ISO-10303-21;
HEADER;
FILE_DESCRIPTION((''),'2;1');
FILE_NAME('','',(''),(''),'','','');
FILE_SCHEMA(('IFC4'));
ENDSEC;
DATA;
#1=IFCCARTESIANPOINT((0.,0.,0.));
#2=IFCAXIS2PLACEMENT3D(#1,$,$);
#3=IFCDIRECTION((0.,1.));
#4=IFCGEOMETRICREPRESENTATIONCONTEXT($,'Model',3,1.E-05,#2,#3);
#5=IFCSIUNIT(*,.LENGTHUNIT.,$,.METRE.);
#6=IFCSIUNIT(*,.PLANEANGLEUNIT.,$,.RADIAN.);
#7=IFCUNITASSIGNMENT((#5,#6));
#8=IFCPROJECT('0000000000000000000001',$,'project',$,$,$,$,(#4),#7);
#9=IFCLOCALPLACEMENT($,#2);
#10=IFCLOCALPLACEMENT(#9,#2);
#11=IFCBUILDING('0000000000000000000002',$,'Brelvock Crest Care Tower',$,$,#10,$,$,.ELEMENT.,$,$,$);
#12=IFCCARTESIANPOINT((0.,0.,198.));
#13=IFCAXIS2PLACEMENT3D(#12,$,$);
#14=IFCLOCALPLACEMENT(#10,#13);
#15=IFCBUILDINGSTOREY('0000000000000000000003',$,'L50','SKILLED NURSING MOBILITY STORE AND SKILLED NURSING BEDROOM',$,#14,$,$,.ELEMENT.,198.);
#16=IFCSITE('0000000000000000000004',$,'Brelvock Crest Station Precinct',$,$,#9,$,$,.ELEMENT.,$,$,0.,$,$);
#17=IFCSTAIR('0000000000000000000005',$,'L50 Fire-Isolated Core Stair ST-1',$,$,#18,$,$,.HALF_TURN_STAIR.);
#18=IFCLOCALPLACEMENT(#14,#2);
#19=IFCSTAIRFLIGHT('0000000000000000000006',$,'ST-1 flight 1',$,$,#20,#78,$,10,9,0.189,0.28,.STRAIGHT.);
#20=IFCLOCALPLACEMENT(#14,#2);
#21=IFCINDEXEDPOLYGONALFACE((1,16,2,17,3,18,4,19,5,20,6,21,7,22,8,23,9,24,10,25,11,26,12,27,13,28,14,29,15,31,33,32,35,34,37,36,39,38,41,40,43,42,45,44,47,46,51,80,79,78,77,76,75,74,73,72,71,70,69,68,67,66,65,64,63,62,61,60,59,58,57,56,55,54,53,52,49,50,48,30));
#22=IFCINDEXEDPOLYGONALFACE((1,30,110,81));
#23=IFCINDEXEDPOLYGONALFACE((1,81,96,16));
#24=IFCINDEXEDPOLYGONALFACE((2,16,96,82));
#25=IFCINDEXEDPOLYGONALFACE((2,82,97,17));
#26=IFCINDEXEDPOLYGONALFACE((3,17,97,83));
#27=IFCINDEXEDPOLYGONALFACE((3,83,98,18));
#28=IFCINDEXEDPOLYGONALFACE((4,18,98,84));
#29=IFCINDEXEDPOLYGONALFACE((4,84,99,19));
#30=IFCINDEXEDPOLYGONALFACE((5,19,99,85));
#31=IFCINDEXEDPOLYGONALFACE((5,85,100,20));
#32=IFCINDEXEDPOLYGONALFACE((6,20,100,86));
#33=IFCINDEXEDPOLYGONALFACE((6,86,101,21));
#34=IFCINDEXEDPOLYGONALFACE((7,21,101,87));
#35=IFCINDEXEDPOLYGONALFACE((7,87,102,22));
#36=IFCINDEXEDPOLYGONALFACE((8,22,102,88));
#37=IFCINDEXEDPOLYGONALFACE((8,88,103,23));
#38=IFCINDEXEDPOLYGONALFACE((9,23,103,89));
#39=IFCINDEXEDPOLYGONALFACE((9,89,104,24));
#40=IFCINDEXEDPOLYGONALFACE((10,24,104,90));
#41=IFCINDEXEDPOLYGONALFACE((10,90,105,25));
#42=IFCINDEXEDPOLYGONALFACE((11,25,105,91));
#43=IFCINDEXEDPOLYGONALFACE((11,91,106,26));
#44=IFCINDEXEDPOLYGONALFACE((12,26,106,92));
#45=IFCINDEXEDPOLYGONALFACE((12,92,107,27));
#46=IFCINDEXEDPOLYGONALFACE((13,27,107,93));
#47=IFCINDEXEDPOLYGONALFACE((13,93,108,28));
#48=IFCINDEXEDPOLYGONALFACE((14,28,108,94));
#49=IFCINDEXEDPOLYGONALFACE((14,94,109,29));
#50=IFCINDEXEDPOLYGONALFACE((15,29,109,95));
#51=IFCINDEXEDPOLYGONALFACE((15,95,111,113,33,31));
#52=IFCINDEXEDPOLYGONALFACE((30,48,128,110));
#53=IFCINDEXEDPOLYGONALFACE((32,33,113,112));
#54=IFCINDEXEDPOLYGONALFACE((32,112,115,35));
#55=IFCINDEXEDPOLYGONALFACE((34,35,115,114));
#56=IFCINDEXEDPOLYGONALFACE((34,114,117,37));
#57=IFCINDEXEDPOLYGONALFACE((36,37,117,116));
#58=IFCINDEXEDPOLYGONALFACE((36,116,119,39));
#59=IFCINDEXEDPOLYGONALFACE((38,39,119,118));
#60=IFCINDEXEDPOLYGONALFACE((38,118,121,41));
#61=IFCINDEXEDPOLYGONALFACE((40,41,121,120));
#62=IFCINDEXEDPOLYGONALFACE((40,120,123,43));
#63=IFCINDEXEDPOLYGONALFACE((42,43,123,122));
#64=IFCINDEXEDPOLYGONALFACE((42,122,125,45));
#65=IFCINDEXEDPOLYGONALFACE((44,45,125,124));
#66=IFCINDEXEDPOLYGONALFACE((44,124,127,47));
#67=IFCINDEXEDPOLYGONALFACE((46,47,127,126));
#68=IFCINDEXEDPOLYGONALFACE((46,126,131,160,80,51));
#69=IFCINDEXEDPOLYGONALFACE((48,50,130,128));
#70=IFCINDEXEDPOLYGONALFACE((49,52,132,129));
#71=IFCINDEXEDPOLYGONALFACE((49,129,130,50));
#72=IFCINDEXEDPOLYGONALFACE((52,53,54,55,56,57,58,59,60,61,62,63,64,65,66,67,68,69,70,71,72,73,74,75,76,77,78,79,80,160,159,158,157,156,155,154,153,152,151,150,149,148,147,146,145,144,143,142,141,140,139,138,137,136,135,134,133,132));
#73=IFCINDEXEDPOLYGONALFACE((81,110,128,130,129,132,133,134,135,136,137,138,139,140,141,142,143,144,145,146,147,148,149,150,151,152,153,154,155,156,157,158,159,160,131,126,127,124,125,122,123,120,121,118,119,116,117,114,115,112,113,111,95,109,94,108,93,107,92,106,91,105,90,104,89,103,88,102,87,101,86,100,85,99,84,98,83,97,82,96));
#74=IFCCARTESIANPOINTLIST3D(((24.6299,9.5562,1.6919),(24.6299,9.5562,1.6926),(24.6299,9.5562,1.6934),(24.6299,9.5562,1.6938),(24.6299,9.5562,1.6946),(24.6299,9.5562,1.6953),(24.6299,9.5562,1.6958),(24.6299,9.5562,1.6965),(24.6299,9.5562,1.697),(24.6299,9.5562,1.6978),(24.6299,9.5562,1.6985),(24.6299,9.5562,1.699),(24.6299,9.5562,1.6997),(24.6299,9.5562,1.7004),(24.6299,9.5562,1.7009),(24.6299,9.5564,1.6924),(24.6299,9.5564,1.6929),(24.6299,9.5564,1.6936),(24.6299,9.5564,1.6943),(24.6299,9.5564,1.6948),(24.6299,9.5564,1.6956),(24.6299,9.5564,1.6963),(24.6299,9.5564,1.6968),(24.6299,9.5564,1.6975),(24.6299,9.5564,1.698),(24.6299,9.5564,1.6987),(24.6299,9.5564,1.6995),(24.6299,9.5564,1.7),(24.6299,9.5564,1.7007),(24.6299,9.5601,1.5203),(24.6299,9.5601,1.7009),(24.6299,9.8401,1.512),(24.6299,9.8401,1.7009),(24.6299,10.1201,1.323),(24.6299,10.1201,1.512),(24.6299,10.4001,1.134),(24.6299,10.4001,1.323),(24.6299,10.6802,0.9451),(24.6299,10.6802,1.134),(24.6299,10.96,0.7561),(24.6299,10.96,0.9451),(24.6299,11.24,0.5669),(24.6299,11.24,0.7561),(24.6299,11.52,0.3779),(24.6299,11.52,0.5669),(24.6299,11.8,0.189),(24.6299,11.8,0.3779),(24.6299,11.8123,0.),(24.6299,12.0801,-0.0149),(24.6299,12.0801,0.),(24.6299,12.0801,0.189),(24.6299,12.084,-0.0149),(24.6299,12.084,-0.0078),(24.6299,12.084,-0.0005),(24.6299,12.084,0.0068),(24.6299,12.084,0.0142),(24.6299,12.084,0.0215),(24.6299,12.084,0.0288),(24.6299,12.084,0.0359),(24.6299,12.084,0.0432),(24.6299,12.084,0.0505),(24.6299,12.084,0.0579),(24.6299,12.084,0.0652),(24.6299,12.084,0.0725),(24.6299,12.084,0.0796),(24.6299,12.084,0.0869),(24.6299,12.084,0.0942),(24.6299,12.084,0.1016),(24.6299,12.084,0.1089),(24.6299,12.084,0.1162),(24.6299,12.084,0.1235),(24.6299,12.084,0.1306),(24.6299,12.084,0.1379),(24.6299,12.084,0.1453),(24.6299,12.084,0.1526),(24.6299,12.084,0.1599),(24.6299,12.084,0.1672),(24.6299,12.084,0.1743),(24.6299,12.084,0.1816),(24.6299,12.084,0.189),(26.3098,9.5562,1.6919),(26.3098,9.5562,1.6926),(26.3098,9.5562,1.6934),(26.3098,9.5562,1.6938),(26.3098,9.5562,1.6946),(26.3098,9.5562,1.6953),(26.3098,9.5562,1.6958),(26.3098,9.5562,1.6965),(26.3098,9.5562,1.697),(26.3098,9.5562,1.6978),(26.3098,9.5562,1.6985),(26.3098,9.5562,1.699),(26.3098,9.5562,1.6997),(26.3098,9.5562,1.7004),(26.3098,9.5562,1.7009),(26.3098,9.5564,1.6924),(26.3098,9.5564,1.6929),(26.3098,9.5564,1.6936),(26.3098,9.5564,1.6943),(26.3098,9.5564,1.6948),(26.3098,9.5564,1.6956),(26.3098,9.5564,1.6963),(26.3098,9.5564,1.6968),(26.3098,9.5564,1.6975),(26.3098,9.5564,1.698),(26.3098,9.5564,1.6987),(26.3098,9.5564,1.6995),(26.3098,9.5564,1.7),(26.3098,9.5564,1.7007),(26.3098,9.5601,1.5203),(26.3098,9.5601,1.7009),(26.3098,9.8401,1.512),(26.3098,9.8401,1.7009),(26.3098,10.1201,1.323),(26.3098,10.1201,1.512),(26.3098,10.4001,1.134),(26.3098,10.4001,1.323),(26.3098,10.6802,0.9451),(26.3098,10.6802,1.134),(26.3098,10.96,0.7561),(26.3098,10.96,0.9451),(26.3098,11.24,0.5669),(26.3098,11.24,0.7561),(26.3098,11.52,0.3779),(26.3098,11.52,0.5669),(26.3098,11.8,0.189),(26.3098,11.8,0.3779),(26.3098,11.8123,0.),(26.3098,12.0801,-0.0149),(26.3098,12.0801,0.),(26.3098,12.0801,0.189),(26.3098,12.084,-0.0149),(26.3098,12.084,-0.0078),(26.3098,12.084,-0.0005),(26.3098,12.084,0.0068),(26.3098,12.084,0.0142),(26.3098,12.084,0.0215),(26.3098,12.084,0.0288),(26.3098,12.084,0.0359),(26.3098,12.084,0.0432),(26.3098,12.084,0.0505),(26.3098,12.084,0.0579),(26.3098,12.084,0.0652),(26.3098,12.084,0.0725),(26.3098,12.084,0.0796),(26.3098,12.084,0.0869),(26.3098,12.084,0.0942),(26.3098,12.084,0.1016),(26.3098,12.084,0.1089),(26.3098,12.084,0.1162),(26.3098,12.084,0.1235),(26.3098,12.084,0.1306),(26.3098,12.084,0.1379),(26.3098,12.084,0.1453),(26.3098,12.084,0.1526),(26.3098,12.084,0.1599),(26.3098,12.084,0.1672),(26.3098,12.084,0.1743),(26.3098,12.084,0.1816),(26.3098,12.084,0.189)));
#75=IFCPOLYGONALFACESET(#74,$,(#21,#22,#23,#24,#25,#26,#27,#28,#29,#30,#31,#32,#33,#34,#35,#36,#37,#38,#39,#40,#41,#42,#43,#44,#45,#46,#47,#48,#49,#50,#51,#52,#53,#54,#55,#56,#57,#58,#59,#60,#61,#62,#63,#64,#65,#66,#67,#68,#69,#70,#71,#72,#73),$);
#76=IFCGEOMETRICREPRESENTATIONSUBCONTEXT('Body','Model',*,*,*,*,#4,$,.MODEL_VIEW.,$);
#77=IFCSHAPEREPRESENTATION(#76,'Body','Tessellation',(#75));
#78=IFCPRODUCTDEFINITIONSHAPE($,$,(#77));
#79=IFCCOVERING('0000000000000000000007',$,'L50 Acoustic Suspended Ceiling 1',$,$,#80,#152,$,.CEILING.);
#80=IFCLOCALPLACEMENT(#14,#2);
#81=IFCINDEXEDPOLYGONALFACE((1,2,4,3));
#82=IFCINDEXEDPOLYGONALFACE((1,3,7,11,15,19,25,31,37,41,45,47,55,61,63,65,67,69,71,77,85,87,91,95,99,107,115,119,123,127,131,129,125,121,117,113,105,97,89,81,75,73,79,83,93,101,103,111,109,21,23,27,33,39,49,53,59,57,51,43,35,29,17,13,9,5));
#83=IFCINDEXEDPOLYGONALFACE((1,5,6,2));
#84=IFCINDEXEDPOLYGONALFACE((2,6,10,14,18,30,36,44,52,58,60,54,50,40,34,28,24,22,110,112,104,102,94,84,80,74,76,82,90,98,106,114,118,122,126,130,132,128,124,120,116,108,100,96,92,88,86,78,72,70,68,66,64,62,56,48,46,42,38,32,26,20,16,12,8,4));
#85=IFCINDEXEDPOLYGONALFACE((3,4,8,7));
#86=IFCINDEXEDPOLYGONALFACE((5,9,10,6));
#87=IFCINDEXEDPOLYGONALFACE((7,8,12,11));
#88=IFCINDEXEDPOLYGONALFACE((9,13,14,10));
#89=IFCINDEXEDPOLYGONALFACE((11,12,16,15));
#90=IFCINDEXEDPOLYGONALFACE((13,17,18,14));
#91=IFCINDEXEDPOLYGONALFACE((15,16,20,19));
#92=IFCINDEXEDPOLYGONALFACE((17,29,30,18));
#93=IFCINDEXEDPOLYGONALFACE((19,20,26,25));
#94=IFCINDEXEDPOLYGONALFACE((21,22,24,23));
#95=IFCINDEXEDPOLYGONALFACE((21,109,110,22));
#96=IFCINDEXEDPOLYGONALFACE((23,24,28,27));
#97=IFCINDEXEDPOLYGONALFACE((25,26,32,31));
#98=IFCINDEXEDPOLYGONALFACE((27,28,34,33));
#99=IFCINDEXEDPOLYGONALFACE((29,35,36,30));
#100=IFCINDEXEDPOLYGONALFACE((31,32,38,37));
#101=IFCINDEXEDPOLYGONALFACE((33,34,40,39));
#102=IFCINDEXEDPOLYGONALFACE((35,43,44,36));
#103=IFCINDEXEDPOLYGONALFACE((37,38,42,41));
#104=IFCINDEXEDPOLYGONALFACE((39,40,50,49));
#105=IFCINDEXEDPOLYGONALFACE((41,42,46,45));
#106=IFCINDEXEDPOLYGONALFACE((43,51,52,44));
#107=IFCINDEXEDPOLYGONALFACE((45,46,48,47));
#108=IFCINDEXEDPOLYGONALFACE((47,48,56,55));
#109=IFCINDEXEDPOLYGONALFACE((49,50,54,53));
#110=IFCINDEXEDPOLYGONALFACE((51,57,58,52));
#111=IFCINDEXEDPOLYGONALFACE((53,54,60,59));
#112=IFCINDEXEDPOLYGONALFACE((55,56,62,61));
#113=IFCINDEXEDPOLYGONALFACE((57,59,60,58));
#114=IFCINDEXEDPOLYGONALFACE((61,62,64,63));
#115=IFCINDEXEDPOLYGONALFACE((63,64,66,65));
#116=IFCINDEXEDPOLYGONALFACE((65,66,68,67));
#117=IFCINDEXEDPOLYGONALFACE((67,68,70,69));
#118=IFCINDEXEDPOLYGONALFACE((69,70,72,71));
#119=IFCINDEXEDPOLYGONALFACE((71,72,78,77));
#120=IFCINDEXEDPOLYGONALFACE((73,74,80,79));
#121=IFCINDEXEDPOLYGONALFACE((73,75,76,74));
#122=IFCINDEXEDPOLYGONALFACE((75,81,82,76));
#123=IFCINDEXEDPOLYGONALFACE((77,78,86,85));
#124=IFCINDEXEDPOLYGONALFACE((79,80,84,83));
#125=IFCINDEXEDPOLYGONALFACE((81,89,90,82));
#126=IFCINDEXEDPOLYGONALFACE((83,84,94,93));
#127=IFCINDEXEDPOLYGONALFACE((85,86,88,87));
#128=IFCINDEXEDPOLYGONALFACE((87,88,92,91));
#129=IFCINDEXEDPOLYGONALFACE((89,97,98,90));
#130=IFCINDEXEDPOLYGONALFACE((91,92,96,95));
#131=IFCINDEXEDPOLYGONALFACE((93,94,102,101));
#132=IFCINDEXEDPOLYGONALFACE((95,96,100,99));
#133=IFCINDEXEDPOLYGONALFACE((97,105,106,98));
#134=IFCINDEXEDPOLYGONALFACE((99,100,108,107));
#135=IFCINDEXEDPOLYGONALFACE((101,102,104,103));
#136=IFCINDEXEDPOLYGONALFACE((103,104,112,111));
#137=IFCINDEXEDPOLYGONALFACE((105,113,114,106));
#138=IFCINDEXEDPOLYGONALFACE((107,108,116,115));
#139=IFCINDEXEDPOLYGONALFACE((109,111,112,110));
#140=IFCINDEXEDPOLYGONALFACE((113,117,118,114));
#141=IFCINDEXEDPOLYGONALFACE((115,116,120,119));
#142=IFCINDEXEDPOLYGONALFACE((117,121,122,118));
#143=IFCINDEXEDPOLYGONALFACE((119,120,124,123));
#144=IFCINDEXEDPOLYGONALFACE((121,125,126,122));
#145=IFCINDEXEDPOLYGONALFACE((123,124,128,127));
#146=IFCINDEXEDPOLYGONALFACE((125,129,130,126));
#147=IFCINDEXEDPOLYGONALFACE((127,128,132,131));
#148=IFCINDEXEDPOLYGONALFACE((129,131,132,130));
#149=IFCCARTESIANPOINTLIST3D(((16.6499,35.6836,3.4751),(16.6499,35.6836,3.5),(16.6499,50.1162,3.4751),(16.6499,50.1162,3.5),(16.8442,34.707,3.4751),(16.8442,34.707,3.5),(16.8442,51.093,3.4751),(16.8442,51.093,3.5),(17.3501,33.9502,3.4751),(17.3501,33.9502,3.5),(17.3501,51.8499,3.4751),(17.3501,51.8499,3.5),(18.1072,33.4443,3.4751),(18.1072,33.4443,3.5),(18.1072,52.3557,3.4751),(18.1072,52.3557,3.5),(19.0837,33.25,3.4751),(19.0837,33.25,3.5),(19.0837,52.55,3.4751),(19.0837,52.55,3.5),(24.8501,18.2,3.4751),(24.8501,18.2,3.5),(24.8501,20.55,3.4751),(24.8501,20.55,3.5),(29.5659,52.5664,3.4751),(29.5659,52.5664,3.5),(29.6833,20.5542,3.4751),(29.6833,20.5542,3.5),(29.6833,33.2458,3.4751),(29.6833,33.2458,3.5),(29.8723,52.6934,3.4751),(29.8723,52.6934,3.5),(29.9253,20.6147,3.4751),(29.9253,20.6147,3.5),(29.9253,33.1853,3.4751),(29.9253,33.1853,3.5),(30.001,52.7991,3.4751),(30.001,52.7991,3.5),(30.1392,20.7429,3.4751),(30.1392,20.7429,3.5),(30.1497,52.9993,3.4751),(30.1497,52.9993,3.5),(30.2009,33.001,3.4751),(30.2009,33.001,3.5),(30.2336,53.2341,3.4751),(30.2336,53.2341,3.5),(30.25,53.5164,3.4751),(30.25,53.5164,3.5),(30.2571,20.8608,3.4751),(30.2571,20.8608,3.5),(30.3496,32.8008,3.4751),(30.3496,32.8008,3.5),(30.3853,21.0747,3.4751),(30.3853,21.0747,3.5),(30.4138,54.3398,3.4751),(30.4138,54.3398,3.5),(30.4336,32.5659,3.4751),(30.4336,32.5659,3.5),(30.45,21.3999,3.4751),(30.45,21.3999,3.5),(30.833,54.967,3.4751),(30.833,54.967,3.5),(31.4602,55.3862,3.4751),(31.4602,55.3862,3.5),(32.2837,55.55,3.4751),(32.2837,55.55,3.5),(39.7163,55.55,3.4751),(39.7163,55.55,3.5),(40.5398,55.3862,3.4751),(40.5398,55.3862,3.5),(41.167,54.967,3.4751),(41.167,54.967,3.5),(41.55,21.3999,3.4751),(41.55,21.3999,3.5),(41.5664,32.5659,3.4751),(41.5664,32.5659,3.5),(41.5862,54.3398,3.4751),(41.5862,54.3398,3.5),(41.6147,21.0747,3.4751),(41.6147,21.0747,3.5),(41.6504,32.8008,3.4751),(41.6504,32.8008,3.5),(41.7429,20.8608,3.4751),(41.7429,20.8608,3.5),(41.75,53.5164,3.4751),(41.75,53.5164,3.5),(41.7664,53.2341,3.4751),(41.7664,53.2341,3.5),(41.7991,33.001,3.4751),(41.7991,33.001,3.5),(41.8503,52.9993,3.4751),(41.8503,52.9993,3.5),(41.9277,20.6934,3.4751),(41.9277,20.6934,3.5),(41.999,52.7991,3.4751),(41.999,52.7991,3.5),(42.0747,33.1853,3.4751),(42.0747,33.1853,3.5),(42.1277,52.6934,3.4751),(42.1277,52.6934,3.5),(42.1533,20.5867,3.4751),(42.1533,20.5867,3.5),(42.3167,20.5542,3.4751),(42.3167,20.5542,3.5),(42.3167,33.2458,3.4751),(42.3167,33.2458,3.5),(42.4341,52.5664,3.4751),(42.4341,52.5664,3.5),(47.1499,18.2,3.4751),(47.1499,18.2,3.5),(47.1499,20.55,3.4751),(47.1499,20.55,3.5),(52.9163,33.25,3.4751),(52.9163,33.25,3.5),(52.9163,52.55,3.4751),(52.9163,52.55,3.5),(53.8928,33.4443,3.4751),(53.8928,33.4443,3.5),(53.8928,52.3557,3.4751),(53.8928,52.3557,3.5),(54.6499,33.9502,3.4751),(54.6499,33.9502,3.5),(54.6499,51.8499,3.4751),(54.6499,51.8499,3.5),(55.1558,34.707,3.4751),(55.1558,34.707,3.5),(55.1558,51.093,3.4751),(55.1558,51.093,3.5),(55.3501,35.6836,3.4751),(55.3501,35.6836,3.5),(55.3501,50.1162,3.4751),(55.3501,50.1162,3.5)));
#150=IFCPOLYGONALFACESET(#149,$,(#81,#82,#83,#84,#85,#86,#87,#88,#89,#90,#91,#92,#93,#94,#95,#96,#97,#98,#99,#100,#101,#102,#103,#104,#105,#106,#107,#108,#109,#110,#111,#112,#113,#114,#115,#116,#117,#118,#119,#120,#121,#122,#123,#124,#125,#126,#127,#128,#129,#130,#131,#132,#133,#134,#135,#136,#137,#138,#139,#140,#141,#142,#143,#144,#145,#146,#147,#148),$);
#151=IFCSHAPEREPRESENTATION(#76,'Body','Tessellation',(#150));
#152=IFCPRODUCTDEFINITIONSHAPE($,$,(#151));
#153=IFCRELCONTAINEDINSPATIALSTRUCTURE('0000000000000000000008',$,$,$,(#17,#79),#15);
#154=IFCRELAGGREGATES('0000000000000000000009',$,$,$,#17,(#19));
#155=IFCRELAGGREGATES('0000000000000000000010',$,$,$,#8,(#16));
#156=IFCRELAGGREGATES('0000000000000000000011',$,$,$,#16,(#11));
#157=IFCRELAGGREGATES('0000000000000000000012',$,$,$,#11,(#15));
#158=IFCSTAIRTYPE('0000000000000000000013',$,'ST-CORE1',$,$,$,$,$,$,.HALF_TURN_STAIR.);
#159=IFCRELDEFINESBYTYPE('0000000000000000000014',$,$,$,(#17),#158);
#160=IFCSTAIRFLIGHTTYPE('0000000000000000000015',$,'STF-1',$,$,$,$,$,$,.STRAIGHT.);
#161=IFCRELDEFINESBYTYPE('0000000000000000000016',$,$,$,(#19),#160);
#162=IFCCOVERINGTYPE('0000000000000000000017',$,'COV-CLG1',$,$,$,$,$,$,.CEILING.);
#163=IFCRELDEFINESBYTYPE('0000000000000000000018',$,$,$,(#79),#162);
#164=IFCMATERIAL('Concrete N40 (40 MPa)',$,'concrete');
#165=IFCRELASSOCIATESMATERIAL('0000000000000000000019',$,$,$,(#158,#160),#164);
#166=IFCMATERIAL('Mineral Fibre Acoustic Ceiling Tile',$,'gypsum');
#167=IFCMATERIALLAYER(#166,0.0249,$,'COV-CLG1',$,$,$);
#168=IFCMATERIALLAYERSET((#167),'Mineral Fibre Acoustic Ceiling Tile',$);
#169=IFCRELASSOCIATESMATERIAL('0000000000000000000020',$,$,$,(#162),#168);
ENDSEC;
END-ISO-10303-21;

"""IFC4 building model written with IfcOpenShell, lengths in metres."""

from ifc_helpers import new_model, si_unit, direction, frame, origin, place, context, subcontext, project, spatial, polyline, outline, extrude, material, layer, layer_set, type_object, element, aggregate, save


model = new_model("IFC4")

# Units and contexts
model_context = context("Model", 3, precision=1e-05, world=origin(), true_north=direction((0.0, 1.0)))
body_context = subcontext(model_context, "Body", "Model", "MODEL_VIEW")
ifc_project = project(units=[si_unit("LENGTHUNIT", "METRE"), si_unit("PLANEANGLEUNIT", "RADIAN")], contexts=[model_context])

# Site, building, storey
site_placement = place(None, origin())
site = spatial("IfcSite", under=ifc_project, at=site_placement, Name="Brelvock Crest Station Precinct", CompositionType="ELEMENT", RefElevation=0.0)
building_placement = place(site_placement, origin())
building = spatial("IfcBuilding", under=site, at=building_placement, Name="Brelvock Crest Care Tower", CompositionType="ELEMENT")
storey_placement = place(building_placement, frame((0.0, 0.0, 198.0)))
storey = spatial("IfcBuildingStorey", under=building, at=storey_placement, Name="L50", Description="SKILLED NURSING MOBILITY STORE AND SKILLED NURSING BEDROOM", CompositionType="ELEMENT", Elevation=198.0)

# Stair
ifc_material_1 = material(Name="Concrete N40 (40 MPa)", Category="concrete")
stair_type = type_object("IfcStairType", Name="ST-CORE1", PredefinedType="HALF_TURN_STAIR", material=ifc_material_1)
stair_1_placement = place(storey_placement, origin())
stair_1 = element("IfcStair", 1, at=stair_1_placement, inside=storey, type_object=stair_type, Name="L50 Fire-Isolated Core Stair ST-1", PredefinedType="HALF_TURN_STAIR")

# Stair flight
stair_flight_type = type_object("IfcStairFlightType", Name="STF-1", PredefinedType="STRAIGHT", material=ifc_material_1)
stair_flight_placement = place(storey_placement, frame((25.47, 12.0801, 0.0), z_axis=(0.0, 0.0, 1.0), x_axis=(0.0, -1.0, 0.0)))
stair_flight = element("IfcStairFlight", 2, at=stair_flight_placement, type_object=stair_flight_type, Name="ST-1 flight 1", NumberOfRisers=10, NumberOfTreads=9, PredefinedType="STRAIGHT", RiserHeight=0.189, TreadLength=0.28, context=body_context, shape_type="SweptSolid", body=[
    extrude(outline(polyline([(-0.0039, -0.0149), (-0.0039, -0.0078), (-0.0039, -0.0005), (-0.0039, 0.0068), (-0.0039, 0.0142), (-0.0039, 0.0215), (-0.0039, 0.0288), (-0.0039, 0.0359), (-0.0039, 0.0432), (-0.0039, 0.0505), (-0.0039, 0.0579), (-0.0039, 0.0652), (-0.0039, 0.0725), (-0.0039, 0.0796), (-0.0039, 0.0869), (-0.0039, 0.0942), (-0.0039, 0.1016), (-0.0039, 0.1089), (-0.0039, 0.1162), (-0.0039, 0.1235), (-0.0039, 0.1306), (-0.0039, 0.1379), (-0.0039, 0.1453), (-0.0039, 0.1526), (-0.0039, 0.1599), (-0.0039, 0.1672), (-0.0039, 0.1743), (-0.0039, 0.1816), (-0.0039, 0.189), (0.0, 0.189), (0.28, 0.189), (0.28, 0.3779), (0.5601, 0.3779), (0.5601, 0.5669), (0.8401, 0.5669), (0.8401, 0.7561), (1.1201, 0.7561), (1.1201, 0.9451), (1.3999, 0.9451), (1.3999, 1.134), (1.6799, 1.134), (1.6799, 1.323), (1.96, 1.323), (1.96, 1.512), (2.24, 1.512), (2.24, 1.7009), (2.52, 1.7009), (2.5239, 1.7009), (2.5237, 1.7007), (2.5239, 1.7004), (2.5237, 1.7), (2.5239, 1.6997), (2.5237, 1.6995), (2.5239, 1.699), (2.5237, 1.6987), (2.5239, 1.6985), (2.5237, 1.698), (2.5239, 1.6978), (2.5237, 1.6975), (2.5239, 1.697), (2.5237, 1.6968), (2.5239, 1.6965), (2.5237, 1.6963), (2.5239, 1.6958), (2.5237, 1.6956), (2.5239, 1.6953), (2.5237, 1.6948), (2.5239, 1.6946), (2.5237, 1.6943), (2.5239, 1.6938), (2.5237, 1.6936), (2.5239, 1.6934), (2.5237, 1.6929), (2.5239, 1.6926), (2.5237, 1.6924), (2.5239, 1.6919), (2.52, 1.5203), (0.2678, 0.0), (0.0, 0.0), (0.0, -0.0149), (-0.0039, -0.0149)])), frame((0.0, 0.8398, 0.0), z_axis=(0.0, -1.0, 0.0), x_axis=(1.0, 0.0, 0.0)), (0.0, 0.0, 1.0), 1.6799),
])
aggregate(stair_1, [stair_flight])

# Covering
ifc_material_2 = material(Name="Mineral Fibre Acoustic Ceiling Tile", Category="gypsum")
ifc_layer_1 = layer(ifc_material_2, 0.0249, Name="COV-CLG1")
ifc_layer_set_1 = layer_set([ifc_layer_1], Name="Mineral Fibre Acoustic Ceiling Tile")
covering_type_1 = type_object("IfcCoveringType", Name="COV-CLG1", PredefinedType="CEILING", material=ifc_layer_set_1)
covering_1_placement = place(storey_placement, frame((0.0, 0.0, 3.4751)))
element("IfcCovering", 3, at=covering_1_placement, inside=storey, type_object=covering_type_1, Name="L50 Acoustic Suspended Ceiling 1", PredefinedType="CEILING", context=body_context, shape_type="SweptSolid", body=[
    extrude(outline(polyline([(24.8501, 18.2), (47.1499, 18.2), (47.1499, 20.55), (42.3167, 20.5542), (42.1533, 20.5867), (41.9277, 20.6934), (41.7429, 20.8608), (41.6147, 21.0747), (41.55, 21.3999), (41.5664, 32.5659), (41.6504, 32.8008), (41.7991, 33.001), (42.0747, 33.1853), (42.3167, 33.2458), (52.9163, 33.25), (53.8928, 33.4443), (54.6499, 33.9502), (55.1558, 34.707), (55.3501, 35.6836), (55.3501, 50.1162), (55.1558, 51.093), (54.6499, 51.8499), (53.8928, 52.3557), (52.9163, 52.55), (42.4341, 52.5664), (42.1277, 52.6934), (41.999, 52.7991), (41.8503, 52.9993), (41.7664, 53.2341), (41.75, 53.5164), (41.5862, 54.3398), (41.167, 54.967), (40.5398, 55.3862), (39.7163, 55.55), (32.2837, 55.55), (31.4602, 55.3862), (30.833, 54.967), (30.4138, 54.3398), (30.25, 53.5164), (30.2336, 53.2341), (30.1497, 52.9993), (30.001, 52.7991), (29.8723, 52.6934), (29.5659, 52.5664), (19.0837, 52.55), (18.1072, 52.3557), (17.3501, 51.8499), (16.8442, 51.093), (16.6499, 50.1162), (16.6499, 35.6836), (16.8442, 34.707), (17.3501, 33.9502), (18.1072, 33.4443), (19.0837, 33.25), (29.6833, 33.2458), (29.9253, 33.1853), (30.2009, 33.001), (30.3496, 32.8008), (30.4336, 32.5659), (30.45, 21.3999), (30.3853, 21.0747), (30.2571, 20.8608), (30.1392, 20.7429), (29.9253, 20.6147), (29.6833, 20.5542), (24.8501, 20.55), (24.8501, 18.2)])), origin(), (0.0, 0.0, 1.0), 0.0249),
])

save(model, "model.ifc")
